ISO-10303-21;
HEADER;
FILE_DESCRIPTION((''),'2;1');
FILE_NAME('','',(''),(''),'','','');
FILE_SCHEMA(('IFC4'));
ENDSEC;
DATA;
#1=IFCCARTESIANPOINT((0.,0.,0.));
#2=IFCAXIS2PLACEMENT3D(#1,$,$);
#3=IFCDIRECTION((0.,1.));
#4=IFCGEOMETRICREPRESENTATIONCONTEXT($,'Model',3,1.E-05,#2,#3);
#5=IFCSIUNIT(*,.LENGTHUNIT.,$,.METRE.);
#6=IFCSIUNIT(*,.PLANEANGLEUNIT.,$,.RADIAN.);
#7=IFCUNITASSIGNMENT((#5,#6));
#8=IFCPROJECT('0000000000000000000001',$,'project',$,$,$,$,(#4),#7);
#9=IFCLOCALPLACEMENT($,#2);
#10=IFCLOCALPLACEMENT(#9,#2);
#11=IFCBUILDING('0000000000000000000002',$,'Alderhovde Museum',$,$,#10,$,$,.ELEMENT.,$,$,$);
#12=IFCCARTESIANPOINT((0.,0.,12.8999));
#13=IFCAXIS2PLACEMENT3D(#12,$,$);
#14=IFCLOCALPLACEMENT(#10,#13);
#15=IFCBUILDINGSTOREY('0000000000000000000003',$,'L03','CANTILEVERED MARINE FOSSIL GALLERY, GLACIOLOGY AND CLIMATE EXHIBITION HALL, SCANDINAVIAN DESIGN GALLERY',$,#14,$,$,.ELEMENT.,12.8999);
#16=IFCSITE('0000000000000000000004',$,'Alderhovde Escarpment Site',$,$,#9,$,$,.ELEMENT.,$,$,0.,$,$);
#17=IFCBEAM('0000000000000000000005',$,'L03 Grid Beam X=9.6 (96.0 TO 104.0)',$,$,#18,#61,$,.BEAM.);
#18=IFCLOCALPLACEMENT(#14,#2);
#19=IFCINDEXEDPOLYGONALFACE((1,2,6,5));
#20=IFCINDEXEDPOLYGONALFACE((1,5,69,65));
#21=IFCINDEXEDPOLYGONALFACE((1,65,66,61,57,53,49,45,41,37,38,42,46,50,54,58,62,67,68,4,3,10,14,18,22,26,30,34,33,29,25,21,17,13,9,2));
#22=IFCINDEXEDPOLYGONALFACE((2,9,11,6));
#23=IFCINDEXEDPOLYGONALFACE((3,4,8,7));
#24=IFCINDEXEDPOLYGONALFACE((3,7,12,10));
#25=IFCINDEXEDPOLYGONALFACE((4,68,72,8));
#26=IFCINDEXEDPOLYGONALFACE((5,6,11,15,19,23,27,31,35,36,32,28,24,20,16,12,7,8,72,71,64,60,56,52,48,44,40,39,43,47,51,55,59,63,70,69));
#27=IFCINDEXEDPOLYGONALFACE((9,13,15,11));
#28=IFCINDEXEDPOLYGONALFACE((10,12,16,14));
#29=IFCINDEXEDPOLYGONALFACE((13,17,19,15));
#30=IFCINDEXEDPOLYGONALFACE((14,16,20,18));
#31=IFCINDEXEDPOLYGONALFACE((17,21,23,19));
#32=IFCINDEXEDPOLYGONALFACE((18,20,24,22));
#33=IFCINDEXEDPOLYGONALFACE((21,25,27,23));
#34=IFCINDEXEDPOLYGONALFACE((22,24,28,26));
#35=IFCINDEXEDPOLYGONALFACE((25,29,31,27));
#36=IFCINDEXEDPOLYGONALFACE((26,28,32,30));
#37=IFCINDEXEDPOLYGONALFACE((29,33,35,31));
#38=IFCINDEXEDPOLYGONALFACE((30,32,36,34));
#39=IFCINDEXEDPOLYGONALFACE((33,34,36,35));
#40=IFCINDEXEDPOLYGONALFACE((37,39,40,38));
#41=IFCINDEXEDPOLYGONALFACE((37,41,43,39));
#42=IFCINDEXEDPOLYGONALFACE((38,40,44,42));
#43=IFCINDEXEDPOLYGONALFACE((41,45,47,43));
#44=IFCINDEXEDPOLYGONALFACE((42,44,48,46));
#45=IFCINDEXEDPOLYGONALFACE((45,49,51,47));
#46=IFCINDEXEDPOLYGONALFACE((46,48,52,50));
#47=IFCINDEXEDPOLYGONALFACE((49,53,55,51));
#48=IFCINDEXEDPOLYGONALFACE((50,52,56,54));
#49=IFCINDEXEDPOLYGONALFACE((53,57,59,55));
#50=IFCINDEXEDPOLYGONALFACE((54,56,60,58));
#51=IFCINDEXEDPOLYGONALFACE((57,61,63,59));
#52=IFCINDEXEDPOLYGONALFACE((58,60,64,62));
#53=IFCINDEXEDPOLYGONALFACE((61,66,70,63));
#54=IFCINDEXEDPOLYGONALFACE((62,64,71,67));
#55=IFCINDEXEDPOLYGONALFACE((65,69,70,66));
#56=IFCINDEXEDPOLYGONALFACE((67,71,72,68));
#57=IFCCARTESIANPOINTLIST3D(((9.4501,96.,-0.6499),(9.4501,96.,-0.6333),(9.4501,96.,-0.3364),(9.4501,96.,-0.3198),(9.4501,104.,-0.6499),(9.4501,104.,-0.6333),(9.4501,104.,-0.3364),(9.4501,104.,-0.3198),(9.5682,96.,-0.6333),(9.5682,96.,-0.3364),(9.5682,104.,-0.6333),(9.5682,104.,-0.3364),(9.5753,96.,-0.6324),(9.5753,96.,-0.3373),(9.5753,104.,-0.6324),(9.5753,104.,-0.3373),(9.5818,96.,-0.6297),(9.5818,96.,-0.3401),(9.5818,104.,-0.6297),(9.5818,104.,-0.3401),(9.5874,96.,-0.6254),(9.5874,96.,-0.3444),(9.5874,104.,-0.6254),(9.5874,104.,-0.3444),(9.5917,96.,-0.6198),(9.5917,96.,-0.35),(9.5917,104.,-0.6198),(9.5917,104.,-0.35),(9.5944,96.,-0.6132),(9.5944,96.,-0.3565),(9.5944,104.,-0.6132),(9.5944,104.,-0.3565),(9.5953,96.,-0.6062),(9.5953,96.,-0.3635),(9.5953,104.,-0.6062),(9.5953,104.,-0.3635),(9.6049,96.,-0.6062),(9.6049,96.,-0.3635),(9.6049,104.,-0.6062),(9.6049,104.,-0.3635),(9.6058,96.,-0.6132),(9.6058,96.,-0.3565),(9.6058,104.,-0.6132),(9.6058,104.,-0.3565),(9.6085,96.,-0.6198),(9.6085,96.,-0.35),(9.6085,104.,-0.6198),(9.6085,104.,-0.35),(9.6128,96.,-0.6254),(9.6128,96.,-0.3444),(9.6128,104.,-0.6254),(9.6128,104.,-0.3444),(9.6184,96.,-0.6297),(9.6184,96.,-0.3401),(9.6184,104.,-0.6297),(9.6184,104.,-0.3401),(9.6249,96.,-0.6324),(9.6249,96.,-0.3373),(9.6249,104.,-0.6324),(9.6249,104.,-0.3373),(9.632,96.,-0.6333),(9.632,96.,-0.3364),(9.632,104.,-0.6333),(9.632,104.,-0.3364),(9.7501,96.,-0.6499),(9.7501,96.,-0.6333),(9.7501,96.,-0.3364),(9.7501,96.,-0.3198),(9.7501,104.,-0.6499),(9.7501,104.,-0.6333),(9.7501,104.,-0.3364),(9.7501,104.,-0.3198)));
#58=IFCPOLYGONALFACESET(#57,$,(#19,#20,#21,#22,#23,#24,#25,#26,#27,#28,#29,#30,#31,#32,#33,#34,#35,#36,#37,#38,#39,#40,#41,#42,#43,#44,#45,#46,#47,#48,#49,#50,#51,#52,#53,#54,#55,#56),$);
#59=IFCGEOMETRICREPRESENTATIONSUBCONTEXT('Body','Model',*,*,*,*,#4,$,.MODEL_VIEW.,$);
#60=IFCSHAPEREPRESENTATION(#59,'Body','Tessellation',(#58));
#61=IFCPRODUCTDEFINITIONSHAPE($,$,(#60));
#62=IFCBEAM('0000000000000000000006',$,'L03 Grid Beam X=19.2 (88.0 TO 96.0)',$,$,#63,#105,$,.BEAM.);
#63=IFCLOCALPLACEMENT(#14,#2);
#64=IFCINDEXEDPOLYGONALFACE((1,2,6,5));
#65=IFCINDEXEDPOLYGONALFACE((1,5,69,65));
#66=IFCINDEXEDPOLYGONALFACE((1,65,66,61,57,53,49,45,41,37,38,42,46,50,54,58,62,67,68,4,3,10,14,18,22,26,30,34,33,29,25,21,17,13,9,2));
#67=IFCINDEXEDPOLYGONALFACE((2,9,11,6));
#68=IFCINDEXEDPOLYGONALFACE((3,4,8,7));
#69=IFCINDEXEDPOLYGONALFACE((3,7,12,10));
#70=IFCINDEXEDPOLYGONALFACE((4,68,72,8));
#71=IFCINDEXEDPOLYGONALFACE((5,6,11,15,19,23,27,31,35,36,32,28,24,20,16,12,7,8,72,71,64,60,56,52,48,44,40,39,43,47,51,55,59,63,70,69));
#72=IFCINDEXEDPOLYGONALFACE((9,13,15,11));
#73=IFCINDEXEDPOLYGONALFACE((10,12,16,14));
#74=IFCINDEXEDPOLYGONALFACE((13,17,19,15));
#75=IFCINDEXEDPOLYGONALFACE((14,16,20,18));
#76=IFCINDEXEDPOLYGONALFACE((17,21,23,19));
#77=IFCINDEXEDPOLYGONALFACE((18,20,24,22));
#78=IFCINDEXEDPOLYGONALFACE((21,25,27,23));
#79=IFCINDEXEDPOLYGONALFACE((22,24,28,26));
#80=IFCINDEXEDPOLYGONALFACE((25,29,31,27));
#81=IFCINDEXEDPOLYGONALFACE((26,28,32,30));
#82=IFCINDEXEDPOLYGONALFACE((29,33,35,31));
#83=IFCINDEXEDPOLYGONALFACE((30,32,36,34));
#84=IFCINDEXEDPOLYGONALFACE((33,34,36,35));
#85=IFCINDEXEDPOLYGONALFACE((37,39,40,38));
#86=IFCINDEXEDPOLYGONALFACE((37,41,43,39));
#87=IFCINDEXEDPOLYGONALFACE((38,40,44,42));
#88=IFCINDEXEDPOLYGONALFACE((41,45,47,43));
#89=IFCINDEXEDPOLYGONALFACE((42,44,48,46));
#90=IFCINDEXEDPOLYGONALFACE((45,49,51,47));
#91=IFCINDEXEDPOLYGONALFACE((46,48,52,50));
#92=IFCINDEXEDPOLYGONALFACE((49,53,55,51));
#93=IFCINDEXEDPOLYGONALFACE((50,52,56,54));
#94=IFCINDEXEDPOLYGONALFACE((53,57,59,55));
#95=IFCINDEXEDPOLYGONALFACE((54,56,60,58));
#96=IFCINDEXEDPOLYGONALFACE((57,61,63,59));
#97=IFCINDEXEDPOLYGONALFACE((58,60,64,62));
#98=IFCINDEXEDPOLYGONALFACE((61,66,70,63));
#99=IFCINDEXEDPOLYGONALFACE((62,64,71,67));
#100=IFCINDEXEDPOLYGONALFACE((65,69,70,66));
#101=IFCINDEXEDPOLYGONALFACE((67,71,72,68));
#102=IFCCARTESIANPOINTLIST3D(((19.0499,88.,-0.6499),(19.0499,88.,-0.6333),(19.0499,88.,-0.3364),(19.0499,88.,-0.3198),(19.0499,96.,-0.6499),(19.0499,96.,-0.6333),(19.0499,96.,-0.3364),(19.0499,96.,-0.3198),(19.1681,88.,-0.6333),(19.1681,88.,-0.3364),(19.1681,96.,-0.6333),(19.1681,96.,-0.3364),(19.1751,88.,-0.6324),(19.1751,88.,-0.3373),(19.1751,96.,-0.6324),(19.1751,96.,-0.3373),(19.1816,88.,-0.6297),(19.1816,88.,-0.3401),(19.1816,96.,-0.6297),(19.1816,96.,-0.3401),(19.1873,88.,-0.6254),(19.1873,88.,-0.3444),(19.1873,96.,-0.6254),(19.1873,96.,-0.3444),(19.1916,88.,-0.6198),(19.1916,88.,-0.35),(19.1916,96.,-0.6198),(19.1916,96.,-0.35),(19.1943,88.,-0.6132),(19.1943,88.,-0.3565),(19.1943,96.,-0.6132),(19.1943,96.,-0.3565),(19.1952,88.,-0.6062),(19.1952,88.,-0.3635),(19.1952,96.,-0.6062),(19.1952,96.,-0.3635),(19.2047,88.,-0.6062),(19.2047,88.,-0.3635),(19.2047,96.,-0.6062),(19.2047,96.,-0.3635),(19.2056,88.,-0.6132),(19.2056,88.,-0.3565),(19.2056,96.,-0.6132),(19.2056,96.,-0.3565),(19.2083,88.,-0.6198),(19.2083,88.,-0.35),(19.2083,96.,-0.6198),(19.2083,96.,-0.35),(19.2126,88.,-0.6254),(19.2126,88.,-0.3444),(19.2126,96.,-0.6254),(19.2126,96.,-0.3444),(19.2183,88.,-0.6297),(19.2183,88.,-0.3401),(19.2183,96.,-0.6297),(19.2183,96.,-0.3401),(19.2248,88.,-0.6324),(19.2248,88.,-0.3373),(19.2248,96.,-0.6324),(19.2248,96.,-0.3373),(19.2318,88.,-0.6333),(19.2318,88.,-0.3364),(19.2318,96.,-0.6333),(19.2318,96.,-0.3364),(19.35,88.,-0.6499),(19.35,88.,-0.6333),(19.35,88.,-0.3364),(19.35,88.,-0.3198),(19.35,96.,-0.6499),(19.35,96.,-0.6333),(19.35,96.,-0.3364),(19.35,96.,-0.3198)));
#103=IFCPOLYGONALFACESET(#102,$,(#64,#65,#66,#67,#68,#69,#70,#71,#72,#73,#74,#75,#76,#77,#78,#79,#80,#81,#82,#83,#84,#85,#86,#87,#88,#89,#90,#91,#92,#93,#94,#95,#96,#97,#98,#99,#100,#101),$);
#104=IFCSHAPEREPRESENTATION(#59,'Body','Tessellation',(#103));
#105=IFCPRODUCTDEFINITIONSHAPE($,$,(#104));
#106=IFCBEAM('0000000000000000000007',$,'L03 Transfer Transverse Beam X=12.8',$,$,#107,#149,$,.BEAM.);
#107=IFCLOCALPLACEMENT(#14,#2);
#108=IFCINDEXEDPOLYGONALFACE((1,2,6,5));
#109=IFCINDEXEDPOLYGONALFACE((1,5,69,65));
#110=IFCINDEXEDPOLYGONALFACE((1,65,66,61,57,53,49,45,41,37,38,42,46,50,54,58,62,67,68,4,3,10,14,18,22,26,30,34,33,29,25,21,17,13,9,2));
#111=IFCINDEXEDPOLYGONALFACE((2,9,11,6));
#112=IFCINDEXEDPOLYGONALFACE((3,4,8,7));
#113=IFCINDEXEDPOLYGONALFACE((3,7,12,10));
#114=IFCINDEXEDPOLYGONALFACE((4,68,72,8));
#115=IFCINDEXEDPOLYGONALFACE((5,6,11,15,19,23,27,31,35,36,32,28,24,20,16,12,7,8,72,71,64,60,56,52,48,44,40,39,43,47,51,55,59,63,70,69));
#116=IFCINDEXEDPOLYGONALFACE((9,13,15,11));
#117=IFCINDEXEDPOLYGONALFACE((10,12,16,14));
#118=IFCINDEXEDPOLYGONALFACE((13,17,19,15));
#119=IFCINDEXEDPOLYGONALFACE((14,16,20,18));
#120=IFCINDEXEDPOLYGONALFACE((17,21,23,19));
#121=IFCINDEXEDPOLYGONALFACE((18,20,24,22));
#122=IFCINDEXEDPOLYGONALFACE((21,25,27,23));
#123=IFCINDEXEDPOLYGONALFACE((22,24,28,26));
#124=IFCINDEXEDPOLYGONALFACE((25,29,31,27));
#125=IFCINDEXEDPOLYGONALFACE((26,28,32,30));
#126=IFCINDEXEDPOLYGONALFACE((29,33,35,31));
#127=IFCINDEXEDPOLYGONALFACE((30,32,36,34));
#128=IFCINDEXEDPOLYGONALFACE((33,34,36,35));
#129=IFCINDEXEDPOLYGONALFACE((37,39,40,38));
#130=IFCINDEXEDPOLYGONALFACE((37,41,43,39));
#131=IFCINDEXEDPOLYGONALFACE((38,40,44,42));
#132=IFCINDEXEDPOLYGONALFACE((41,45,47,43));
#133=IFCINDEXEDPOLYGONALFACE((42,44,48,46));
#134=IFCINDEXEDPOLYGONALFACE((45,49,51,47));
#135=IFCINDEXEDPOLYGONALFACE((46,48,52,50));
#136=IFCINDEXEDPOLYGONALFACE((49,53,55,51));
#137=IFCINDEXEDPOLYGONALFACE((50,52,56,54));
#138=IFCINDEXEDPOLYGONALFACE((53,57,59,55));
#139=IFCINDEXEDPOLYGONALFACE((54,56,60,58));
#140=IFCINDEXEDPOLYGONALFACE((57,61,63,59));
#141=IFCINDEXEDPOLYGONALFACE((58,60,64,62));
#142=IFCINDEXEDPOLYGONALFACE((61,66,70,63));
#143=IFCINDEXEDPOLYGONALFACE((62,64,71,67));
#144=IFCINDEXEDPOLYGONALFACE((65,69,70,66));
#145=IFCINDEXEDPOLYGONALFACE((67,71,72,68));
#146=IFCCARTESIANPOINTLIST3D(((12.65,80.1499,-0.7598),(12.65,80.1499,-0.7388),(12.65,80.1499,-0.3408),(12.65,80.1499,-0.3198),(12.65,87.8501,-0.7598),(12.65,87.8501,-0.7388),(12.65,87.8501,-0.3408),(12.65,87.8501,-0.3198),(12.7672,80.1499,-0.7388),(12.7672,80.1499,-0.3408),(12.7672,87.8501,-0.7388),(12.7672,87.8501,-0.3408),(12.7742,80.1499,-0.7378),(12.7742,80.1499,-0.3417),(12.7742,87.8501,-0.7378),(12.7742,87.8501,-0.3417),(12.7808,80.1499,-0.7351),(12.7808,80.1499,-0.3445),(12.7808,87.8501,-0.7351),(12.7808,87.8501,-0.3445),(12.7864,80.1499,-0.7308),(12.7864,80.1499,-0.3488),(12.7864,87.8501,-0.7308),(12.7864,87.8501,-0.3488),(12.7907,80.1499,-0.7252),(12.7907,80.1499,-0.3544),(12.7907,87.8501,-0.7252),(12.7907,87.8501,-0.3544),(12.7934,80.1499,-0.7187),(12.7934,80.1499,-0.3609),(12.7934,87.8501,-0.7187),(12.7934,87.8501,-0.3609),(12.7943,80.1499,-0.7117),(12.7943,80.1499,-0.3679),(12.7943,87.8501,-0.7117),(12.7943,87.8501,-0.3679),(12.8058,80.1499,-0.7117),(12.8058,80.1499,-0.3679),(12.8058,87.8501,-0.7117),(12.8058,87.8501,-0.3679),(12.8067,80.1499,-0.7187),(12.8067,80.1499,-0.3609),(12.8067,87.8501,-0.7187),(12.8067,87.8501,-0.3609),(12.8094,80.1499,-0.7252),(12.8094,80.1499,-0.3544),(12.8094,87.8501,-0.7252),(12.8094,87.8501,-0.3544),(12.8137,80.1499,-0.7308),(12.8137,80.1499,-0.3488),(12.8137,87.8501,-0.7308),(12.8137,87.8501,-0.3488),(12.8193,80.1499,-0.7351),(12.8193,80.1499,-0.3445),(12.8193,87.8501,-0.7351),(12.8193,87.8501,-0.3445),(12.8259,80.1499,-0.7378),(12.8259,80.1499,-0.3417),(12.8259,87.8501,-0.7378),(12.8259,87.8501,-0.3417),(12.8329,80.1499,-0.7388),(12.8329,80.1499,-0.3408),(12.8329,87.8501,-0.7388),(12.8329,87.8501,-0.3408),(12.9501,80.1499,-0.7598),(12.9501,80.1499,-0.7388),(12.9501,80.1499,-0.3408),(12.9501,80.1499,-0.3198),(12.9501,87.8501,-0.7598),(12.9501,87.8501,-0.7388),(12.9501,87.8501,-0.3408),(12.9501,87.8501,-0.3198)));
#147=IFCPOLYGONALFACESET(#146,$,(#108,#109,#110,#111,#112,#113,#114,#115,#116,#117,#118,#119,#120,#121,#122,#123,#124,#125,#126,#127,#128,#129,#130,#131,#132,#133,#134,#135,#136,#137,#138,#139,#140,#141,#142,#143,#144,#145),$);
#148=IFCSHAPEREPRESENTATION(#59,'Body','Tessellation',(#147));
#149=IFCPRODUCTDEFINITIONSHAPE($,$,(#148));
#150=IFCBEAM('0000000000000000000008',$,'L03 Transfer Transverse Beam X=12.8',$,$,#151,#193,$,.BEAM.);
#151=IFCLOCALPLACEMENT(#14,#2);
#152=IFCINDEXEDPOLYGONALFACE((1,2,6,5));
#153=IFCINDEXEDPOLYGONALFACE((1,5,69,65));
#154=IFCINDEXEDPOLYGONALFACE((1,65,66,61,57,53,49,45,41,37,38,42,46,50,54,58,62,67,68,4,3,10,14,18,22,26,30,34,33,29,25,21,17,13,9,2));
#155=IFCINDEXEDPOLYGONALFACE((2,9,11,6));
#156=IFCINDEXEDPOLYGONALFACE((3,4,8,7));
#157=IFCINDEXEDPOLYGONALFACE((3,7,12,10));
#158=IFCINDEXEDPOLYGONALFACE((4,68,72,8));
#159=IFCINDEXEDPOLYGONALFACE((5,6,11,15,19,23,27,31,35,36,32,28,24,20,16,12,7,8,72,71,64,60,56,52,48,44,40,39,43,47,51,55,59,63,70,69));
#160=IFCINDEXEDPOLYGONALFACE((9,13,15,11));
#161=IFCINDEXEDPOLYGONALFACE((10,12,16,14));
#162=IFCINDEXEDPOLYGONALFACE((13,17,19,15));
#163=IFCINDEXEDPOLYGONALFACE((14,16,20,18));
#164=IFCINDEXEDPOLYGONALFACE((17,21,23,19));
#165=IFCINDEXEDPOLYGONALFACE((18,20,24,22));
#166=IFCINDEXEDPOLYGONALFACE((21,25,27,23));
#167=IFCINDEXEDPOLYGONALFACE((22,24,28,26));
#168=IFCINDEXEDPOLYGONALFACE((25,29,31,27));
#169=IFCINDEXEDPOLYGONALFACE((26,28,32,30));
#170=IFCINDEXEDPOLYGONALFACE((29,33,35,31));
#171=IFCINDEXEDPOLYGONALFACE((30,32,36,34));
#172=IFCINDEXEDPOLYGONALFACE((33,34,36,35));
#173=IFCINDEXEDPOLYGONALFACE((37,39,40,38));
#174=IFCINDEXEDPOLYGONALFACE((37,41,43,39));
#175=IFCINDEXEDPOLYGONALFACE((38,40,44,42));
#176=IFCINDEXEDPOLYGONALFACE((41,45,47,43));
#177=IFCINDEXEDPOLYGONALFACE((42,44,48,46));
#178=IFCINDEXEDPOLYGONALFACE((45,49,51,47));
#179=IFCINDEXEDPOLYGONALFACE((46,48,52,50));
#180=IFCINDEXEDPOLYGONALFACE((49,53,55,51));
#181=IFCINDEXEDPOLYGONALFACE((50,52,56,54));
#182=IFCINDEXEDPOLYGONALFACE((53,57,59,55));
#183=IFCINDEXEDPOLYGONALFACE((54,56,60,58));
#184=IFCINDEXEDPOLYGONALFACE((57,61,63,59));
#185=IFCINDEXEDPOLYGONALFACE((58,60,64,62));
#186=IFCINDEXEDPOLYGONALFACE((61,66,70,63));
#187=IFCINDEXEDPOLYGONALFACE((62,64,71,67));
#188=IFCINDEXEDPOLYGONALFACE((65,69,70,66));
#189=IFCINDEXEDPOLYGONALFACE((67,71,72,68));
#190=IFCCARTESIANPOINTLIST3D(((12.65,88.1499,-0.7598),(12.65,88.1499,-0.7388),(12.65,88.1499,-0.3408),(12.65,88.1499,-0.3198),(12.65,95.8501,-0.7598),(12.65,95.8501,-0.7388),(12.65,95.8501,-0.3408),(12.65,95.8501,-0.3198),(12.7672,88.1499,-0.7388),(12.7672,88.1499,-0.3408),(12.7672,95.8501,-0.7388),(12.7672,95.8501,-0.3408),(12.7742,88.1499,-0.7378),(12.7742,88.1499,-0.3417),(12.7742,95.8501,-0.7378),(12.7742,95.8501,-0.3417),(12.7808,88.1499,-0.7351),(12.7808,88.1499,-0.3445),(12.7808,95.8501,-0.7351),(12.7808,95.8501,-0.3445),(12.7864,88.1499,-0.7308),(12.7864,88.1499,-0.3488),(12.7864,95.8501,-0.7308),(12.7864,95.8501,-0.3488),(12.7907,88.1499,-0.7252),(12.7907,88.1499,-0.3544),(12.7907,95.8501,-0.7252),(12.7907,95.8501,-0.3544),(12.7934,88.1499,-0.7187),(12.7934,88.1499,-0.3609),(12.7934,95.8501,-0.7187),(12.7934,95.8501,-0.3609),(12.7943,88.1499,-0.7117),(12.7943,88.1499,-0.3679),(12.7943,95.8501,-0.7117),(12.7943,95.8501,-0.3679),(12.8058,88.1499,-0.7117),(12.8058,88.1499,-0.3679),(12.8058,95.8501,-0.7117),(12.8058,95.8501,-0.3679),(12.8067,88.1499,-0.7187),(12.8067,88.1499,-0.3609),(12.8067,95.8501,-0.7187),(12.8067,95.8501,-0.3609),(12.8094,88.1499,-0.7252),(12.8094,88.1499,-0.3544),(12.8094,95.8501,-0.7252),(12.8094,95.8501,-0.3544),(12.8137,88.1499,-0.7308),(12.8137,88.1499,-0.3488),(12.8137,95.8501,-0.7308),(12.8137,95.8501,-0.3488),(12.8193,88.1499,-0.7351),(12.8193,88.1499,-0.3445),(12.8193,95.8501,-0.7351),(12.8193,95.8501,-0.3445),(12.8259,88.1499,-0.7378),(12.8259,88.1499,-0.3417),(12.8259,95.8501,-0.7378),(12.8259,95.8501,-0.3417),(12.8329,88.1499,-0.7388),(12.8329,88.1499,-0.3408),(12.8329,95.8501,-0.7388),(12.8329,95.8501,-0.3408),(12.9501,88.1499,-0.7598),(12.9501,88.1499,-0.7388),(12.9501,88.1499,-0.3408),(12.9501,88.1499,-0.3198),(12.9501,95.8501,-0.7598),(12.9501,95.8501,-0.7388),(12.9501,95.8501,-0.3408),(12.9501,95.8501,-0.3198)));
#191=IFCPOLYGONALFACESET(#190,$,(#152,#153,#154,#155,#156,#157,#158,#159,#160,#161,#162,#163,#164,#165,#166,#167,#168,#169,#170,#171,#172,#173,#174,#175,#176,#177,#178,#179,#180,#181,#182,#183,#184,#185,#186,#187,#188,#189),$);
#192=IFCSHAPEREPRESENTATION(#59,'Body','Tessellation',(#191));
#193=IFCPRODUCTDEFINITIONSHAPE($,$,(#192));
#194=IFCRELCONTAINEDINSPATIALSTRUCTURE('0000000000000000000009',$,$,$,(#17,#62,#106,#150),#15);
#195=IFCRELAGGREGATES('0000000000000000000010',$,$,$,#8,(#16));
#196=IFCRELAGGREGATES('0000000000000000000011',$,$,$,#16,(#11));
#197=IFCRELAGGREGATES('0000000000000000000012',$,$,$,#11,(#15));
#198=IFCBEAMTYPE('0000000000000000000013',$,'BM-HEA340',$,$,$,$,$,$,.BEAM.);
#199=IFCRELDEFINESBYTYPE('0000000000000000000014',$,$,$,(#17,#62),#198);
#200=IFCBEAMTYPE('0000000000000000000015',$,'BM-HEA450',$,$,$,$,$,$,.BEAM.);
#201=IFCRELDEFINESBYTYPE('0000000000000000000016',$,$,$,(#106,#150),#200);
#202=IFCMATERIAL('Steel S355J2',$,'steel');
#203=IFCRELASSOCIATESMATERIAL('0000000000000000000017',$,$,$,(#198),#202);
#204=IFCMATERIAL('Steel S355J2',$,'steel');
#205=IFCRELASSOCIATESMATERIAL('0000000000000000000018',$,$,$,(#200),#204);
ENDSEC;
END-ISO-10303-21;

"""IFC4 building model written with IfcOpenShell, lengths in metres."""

from ifc_helpers import new_model, si_unit, direction, frame, origin, origin_2d, place, context, subcontext, project, spatial, i_section, extrude, material, material_profile, profile_set, type_object, element, save


model = new_model("IFC4")

# Units and contexts
model_context = context("Model", 3, precision=1e-05, world=origin(), true_north=direction((0.0, 1.0)))
body_context = subcontext(model_context, "Body", "Model", "MODEL_VIEW")
ifc_project = project(units=[si_unit("LENGTHUNIT", "METRE"), si_unit("PLANEANGLEUNIT", "RADIAN")], contexts=[model_context])

# Site, building, storey
site_placement = place(None, origin())
site = spatial("IfcSite", under=ifc_project, at=site_placement, Name="Alderhovde Escarpment Site", CompositionType="ELEMENT", RefElevation=0.0)
building_placement = place(site_placement, origin())
building = spatial("IfcBuilding", under=site, at=building_placement, Name="Alderhovde Museum", CompositionType="ELEMENT")
storey_placement = place(building_placement, frame((0.0, 0.0, 12.8999)))
storey = spatial("IfcBuildingStorey", under=building, at=storey_placement, Name="L03", Description="CANTILEVERED MARINE FOSSIL GALLERY, GLACIOLOGY AND CLIMATE EXHIBITION HALL, SCANDINAVIAN DESIGN GALLERY", CompositionType="ELEMENT", Elevation=12.8999)

# Beams
ifc_material_1 = material(Name="Steel S355J2", Category="steel")
ifc_material_profile_1 = material_profile(ifc_material_1, i_section(OverallWidth=0.3, OverallDepth=0.3301, WebThickness=0.0095, FlangeThickness=0.0166, FilletRadius=0.0271, at=origin_2d()), Name="HEA 340")
ifc_profile_set_1 = profile_set([ifc_material_profile_1], Name="Steel S355J2")
beam_type_1 = type_object("IfcBeamType", Name="BM-HEA340", PredefinedType="BEAM", material=ifc_profile_set_1)
for number, where, z_axis, x_axis, name in (
    (1, (9.6001, 96.0, -0.4849), (0.0, 1.0, 0.0), (-1.0, 0.0, 0.0), "L03 Grid Beam X=9.6 (96.0 TO 104.0)"),
    (2, (19.2, 88.0, -0.4849), (0.0, 1.0, 0.0), (-1.0, 0.0, 0.0), "L03 Grid Beam X=19.2 (88.0 TO 96.0)"),
):
    element("IfcBeam", number, at=place(storey_placement, frame(where, z_axis=z_axis, x_axis=x_axis)), inside=storey, type_object=beam_type_1, Name=name, PredefinedType="BEAM", context=body_context, shape_type="SweptSolid", body=[
        extrude(i_section(OverallWidth=0.3, OverallDepth=0.3301, WebThickness=0.0095, FlangeThickness=0.0166, FilletRadius=0.0271, at=origin_2d()), origin(), (0.0, 0.0, 1.0), 8.0),
    ])
ifc_material_2 = material(Name="Steel S355J2", Category="steel")
ifc_material_profile_2 = material_profile(ifc_material_2, i_section(OverallWidth=0.3, OverallDepth=0.4399, WebThickness=0.0115, FlangeThickness=0.021, FilletRadius=0.0271, at=origin_2d()), Name="HEA 450")
ifc_profile_set_2 = profile_set([ifc_material_profile_2], Name="Steel S355J2")
beam_type_2 = type_object("IfcBeamType", Name="BM-HEA450", PredefinedType="BEAM", material=ifc_profile_set_2)
for number, where, z_axis, x_axis, name in (
    (3, (12.8, 80.1499, -0.5398), (0.0, 1.0, 0.0), (-1.0, 0.0, 0.0), "L03 Transfer Transverse Beam X=12.8"),
    (4, (12.8, 88.1499, -0.5398), (0.0, 1.0, 0.0), (-1.0, 0.0, 0.0), "L03 Transfer Transverse Beam X=12.8"),
):
    element("IfcBeam", number, at=place(storey_placement, frame(where, z_axis=z_axis, x_axis=x_axis)), inside=storey, type_object=beam_type_2, Name=name, PredefinedType="BEAM", context=body_context, shape_type="SweptSolid", body=[
        extrude(i_section(OverallWidth=0.3, OverallDepth=0.4399, WebThickness=0.0115, FlangeThickness=0.021, FilletRadius=0.0271, at=origin_2d()), origin(), (0.0, 0.0, 1.0), 7.7002),
    ])

save(model, "model.ifc")
